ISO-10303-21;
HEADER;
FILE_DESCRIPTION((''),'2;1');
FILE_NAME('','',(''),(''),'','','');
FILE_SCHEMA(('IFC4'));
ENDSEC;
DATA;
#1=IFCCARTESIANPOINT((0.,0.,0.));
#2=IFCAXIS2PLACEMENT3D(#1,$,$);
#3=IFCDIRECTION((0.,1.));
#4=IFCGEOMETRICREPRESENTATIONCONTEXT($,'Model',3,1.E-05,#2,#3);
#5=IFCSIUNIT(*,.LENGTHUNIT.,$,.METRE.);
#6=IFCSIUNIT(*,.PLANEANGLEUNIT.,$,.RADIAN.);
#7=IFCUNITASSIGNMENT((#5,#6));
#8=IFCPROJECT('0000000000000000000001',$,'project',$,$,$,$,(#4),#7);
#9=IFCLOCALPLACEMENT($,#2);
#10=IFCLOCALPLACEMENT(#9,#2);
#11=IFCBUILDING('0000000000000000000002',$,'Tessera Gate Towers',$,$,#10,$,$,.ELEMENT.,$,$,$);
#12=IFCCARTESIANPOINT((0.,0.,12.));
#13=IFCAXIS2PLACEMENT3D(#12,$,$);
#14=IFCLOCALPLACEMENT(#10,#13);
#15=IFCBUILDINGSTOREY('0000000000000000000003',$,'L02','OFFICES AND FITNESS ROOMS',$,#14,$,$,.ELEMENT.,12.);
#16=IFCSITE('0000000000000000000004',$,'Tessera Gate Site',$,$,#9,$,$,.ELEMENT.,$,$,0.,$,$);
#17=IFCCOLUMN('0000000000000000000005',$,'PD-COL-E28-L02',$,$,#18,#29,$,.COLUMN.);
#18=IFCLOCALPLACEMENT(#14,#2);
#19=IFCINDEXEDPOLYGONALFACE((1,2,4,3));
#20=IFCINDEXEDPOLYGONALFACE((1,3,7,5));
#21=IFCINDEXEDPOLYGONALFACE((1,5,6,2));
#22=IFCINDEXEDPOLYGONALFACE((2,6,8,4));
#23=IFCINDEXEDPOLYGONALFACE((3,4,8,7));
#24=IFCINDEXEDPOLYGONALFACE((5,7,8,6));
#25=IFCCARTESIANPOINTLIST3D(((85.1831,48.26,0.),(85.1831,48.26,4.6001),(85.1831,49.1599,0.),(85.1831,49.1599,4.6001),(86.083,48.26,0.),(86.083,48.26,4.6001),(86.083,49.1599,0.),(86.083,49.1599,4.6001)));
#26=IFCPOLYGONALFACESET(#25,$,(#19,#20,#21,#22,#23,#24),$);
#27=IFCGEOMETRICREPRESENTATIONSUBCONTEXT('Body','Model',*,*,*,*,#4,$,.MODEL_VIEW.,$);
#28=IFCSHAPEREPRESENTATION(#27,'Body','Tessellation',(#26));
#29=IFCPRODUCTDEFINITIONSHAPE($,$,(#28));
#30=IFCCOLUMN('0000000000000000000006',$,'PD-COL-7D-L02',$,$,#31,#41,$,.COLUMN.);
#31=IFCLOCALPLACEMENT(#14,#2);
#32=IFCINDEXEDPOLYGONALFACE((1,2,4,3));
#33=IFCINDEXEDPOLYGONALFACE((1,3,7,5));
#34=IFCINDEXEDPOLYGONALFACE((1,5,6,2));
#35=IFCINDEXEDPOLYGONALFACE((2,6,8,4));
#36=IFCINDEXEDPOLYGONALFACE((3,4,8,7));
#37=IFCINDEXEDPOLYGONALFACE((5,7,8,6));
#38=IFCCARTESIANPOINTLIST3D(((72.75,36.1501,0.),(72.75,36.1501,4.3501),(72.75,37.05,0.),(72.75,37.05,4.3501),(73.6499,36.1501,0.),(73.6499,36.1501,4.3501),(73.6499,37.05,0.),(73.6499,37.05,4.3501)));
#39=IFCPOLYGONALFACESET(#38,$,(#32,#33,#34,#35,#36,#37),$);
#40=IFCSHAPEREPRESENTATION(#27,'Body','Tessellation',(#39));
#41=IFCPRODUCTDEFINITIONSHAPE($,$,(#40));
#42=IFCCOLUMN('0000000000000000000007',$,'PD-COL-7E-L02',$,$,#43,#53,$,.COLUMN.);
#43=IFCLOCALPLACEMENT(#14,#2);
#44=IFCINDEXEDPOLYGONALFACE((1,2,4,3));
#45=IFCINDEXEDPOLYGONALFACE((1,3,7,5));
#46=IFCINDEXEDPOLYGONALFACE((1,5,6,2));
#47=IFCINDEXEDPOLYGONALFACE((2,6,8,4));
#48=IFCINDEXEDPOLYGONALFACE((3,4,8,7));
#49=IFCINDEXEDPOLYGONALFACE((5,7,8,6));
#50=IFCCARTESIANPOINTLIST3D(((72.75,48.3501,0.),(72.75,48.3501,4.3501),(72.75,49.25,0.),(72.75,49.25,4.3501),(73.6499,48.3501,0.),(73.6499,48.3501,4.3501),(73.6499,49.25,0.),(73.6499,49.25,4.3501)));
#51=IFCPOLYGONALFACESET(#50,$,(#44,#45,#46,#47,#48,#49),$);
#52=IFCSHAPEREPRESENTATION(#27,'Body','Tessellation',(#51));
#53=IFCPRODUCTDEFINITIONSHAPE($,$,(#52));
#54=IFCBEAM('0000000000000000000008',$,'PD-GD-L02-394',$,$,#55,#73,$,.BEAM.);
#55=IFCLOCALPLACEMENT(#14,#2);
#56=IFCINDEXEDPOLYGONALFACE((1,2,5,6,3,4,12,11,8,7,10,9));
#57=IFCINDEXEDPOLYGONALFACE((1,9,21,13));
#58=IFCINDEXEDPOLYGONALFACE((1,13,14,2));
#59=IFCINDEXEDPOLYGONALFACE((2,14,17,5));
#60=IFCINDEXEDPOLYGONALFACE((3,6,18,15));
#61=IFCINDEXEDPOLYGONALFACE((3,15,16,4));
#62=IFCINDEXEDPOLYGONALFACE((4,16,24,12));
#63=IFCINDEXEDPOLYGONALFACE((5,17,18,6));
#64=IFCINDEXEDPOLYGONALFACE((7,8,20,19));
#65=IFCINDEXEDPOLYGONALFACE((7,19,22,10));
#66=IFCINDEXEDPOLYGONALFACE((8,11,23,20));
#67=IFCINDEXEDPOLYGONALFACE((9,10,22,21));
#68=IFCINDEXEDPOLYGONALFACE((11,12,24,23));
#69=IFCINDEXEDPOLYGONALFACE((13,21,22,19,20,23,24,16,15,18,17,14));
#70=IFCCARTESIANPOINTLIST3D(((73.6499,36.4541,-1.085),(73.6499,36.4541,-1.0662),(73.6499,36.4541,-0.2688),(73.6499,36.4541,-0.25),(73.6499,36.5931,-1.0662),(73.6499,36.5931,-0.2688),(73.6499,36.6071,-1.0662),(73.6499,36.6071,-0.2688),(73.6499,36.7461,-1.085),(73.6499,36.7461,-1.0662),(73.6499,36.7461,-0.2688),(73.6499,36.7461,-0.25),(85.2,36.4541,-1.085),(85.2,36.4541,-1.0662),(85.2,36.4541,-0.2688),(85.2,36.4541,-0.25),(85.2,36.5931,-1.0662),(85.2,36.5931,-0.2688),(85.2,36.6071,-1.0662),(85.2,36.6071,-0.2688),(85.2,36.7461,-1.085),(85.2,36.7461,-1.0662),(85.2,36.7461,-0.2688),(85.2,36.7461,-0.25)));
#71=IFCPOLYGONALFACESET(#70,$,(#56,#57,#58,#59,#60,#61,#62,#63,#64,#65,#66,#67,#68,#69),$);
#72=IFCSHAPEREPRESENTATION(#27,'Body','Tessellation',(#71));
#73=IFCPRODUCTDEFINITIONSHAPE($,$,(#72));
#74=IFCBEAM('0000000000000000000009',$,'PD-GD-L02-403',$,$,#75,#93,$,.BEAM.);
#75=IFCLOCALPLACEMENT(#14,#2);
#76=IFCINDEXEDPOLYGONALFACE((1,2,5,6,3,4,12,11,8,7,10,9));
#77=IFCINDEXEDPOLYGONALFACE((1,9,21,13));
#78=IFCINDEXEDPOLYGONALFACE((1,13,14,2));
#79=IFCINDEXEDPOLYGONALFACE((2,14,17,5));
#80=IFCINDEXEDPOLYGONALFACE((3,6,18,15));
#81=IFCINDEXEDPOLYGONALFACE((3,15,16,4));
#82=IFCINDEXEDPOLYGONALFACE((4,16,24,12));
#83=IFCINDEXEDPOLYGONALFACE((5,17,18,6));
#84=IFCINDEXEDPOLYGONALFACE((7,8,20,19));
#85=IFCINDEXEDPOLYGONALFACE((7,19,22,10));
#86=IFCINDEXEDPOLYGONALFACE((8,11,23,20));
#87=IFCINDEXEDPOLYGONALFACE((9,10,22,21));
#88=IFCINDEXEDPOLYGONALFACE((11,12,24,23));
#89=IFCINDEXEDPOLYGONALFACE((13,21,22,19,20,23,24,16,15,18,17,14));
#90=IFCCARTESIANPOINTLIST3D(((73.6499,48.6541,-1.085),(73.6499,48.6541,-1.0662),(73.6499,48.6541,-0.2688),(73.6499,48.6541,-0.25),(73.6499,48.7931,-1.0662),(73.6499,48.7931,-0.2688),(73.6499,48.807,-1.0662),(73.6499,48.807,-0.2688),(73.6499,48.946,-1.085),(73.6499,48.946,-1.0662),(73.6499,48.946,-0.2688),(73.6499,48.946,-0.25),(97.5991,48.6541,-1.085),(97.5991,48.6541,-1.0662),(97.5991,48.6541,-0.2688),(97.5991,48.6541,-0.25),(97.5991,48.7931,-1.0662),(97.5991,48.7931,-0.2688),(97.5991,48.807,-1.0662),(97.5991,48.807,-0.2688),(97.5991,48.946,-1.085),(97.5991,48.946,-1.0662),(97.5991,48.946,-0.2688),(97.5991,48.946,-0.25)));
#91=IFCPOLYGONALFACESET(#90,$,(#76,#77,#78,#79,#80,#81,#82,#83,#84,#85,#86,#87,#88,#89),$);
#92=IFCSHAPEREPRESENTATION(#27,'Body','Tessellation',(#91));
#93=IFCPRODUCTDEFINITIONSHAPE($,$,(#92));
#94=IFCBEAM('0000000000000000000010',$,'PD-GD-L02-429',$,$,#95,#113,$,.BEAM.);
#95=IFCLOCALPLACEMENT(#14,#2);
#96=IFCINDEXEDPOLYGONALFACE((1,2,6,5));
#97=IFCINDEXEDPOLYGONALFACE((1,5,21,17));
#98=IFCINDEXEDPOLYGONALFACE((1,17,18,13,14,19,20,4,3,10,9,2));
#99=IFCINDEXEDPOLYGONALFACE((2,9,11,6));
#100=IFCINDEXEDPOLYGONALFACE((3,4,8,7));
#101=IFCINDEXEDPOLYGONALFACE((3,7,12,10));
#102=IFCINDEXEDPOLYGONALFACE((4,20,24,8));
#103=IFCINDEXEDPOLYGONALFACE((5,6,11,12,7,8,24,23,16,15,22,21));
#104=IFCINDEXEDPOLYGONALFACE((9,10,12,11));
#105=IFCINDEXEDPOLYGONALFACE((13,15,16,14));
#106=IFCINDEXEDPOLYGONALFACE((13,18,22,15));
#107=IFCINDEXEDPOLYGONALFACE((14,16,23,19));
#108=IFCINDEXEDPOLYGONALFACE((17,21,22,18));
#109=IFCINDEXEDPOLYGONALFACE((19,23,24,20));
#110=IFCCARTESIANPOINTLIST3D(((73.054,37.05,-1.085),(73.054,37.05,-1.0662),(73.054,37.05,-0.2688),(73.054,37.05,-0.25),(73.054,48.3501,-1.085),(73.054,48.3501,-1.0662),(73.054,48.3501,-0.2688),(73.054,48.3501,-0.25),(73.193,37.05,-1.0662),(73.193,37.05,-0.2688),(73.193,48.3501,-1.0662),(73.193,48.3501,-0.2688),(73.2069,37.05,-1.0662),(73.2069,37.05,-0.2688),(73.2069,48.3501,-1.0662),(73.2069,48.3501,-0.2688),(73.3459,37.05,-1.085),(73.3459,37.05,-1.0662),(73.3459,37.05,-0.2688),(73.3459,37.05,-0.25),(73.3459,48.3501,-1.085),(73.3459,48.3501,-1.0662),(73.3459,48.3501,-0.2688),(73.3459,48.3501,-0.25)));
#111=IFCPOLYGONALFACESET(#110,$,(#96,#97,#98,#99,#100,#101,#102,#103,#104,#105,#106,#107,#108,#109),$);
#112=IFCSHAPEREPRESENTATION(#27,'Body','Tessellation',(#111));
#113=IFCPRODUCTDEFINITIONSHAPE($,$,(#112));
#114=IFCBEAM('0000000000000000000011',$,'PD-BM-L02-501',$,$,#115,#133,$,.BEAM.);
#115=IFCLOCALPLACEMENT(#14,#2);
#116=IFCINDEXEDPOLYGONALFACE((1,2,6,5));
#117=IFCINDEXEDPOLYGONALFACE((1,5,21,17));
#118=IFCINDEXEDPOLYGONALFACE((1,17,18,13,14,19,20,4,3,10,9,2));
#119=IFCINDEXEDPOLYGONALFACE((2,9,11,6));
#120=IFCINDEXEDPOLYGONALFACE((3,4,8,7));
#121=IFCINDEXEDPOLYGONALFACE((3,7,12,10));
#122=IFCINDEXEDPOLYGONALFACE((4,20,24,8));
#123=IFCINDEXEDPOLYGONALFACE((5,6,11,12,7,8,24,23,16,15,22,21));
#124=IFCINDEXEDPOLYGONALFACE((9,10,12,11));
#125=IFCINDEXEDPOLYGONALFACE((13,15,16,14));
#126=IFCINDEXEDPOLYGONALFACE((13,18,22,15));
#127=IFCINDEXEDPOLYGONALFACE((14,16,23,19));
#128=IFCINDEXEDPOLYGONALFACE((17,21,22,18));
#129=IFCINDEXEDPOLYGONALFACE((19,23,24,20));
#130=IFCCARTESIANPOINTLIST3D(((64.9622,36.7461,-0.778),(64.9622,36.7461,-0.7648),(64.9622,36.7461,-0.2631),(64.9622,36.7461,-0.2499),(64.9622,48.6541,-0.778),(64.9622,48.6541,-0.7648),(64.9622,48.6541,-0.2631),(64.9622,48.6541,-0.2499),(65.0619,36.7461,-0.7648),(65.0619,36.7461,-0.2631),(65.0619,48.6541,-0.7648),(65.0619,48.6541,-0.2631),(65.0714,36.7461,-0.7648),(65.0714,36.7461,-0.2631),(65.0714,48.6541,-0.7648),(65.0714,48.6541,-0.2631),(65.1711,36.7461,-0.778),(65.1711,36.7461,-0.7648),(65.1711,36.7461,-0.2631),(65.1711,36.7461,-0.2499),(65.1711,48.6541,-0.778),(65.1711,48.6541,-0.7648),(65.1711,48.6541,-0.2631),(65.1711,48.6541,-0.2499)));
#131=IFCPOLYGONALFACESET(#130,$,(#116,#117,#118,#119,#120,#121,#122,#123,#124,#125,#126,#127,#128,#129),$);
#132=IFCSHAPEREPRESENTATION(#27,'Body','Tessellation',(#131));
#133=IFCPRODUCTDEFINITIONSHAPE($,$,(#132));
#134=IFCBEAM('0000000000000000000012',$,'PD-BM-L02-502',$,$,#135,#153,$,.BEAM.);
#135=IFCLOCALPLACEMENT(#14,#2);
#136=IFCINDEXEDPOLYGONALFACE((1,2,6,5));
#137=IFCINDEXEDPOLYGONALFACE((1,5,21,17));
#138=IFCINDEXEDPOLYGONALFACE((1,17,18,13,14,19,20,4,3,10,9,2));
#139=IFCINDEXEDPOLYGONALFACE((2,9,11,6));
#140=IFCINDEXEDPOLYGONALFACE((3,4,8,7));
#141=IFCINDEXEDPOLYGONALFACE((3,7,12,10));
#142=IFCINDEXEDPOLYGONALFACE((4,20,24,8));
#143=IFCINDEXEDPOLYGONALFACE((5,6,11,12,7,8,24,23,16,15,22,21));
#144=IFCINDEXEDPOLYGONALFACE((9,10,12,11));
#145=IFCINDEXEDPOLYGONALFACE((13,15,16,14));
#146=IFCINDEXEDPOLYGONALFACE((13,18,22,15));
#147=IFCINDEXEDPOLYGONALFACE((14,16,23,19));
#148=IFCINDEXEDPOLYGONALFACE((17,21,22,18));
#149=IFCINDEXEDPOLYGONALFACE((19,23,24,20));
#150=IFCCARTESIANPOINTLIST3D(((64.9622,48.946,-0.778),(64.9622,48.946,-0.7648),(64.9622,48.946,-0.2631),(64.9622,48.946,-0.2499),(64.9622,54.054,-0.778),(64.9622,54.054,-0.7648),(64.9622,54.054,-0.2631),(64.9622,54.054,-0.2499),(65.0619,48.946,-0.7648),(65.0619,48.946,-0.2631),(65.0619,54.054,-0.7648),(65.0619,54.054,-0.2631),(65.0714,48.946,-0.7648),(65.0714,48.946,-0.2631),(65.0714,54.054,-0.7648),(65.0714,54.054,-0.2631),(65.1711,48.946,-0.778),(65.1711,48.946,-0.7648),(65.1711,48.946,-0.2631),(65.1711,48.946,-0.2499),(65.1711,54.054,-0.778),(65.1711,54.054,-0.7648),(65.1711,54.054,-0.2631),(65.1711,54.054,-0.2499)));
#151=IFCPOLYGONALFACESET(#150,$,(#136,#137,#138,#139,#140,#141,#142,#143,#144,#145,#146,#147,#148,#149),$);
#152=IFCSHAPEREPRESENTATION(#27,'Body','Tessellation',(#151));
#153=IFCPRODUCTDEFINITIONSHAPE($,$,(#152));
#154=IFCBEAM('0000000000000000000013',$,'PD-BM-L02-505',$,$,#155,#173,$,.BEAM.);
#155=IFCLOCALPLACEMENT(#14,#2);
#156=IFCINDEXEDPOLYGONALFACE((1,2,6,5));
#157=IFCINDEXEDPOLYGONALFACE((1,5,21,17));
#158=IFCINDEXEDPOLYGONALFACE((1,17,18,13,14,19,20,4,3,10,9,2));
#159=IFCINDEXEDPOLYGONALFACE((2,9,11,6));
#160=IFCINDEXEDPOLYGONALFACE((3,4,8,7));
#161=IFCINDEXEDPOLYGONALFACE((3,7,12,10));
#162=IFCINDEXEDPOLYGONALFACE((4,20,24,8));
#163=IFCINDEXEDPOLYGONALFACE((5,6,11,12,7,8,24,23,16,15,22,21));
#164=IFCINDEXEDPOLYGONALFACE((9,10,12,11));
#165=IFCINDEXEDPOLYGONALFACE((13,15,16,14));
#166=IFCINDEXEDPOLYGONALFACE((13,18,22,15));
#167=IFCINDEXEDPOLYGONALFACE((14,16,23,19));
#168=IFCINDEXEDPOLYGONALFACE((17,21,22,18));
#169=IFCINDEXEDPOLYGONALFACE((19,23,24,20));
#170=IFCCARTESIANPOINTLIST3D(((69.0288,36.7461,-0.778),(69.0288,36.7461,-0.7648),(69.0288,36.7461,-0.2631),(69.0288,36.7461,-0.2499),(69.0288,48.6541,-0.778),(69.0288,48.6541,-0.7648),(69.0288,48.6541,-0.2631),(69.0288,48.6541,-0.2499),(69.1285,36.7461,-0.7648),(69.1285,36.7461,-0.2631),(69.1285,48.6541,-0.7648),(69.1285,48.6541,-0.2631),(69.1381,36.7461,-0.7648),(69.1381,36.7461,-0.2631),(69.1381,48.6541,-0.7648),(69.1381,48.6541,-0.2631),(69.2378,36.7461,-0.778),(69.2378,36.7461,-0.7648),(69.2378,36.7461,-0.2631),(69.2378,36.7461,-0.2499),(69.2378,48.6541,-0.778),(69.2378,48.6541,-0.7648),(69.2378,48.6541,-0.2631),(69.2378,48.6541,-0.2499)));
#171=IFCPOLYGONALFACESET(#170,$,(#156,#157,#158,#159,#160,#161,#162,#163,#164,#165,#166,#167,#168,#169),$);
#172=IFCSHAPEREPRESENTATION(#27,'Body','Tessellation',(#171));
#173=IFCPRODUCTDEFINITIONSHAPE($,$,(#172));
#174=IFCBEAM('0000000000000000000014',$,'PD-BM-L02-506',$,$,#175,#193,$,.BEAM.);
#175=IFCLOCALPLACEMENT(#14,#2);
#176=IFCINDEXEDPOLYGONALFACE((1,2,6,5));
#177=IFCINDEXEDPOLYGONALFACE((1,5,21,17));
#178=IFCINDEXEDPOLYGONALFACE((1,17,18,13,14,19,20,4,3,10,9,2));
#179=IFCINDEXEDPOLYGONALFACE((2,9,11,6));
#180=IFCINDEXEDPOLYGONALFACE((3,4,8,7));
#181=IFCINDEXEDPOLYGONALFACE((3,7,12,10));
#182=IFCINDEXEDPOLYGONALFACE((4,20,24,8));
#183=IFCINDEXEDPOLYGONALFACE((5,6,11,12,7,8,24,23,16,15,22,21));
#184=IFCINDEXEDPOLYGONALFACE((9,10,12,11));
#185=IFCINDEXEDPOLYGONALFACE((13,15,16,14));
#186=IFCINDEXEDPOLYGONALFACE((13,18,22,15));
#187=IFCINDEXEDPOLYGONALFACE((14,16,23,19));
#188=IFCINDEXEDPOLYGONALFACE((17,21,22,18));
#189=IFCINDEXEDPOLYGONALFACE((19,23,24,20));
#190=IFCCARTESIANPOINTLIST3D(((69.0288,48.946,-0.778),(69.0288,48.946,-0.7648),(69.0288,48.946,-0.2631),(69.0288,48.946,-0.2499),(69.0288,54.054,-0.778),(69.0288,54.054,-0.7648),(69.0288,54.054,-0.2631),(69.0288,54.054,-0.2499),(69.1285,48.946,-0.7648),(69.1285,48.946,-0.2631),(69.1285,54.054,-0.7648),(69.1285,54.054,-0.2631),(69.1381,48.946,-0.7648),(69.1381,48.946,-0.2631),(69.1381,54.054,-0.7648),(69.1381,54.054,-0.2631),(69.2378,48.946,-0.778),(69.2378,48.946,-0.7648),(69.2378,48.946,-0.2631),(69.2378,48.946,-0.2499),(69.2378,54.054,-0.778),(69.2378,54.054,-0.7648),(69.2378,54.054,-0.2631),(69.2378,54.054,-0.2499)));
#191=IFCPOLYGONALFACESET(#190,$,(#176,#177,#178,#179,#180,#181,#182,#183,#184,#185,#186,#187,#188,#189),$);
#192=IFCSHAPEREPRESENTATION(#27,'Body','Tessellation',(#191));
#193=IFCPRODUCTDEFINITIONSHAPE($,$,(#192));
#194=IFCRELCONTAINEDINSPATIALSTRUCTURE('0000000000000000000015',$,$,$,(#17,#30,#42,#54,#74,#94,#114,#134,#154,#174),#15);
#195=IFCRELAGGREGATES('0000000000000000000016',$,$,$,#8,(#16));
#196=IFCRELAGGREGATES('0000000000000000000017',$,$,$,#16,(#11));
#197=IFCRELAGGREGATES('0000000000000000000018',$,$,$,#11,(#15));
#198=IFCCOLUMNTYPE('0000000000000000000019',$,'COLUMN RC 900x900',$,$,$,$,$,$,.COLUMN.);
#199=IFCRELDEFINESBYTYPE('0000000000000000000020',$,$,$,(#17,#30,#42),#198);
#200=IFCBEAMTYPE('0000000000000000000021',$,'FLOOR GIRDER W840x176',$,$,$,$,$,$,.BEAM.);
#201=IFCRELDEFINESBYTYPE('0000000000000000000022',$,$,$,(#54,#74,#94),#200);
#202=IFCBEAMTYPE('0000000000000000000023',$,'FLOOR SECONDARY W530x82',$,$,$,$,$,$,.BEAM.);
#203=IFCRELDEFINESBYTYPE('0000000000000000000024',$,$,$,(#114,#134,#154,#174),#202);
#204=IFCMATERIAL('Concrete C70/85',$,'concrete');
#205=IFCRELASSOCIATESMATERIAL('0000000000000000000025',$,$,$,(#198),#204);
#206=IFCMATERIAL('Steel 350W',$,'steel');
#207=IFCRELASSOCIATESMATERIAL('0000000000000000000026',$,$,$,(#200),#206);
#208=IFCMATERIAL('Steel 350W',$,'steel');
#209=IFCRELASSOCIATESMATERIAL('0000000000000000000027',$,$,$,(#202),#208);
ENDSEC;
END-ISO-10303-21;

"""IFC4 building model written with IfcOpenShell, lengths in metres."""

from ifc_helpers import new_model, si_unit, direction, frame, origin, origin_2d, place, context, subcontext, project, spatial, rectangle, i_section, extrude, material, material_profile, profile_set, type_object, element, save


model = new_model("IFC4")

# Units and contexts
model_context = context("Model", 3, precision=1e-05, world=origin(), true_north=direction((0.0, 1.0)))
body_context = subcontext(model_context, "Body", "Model", "MODEL_VIEW")
ifc_project = project(units=[si_unit("LENGTHUNIT", "METRE"), si_unit("PLANEANGLEUNIT", "RADIAN")], contexts=[model_context])

# Site, building, storey
site_placement = place(None, origin())
site = spatial("IfcSite", under=ifc_project, at=site_placement, Name="Tessera Gate Site", CompositionType="ELEMENT", RefElevation=0.0)
building_placement = place(site_placement, origin())
building = spatial("IfcBuilding", under=site, at=building_placement, Name="Tessera Gate Towers", CompositionType="ELEMENT")
storey_placement = place(building_placement, frame((0.0, 0.0, 12.0)))
storey = spatial("IfcBuildingStorey", under=building, at=storey_placement, Name="L02", Description="OFFICES AND FITNESS ROOMS", CompositionType="ELEMENT", Elevation=12.0)

# Columns
ifc_material_1 = material(Name="Concrete C70/85", Category="concrete")
ifc_material_profile_1 = material_profile(ifc_material_1, rectangle(XDim=0.8999, YDim=0.8999, at=origin_2d()), Name="RC 900x900")
ifc_profile_set_1 = profile_set([ifc_material_profile_1], Name="Concrete C70/85")
column_type = type_object("IfcColumnType", Name="COLUMN RC 900x900", PredefinedType="COLUMN", material=ifc_profile_set_1)
column_placement = place(storey_placement, frame((85.6331, 48.71, 0.0), z_axis=(0.0, 0.0, 1.0), x_axis=(1.0, 0.0, 0.0)))
element("IfcColumn", 1, at=column_placement, inside=storey, type_object=column_type, Name="PD-COL-E28-L02", PredefinedType="COLUMN", context=body_context, shape_type="SweptSolid", body=[
    extrude(rectangle(XDim=0.8999, YDim=0.8999, at=origin_2d()), origin(), (0.0, 0.0, 1.0), 4.6001),
])
for number, where, z_axis, x_axis, name in (
    (2, (73.2, 36.6001, 0.0), (0.0, 0.0, 1.0), (1.0, 0.0, 0.0), "PD-COL-7D-L02"),
    (3, (73.2, 48.8, 0.0), (0.0, 0.0, 1.0), (1.0, 0.0, 0.0), "PD-COL-7E-L02"),
):
    element("IfcColumn", number, at=place(storey_placement, frame(where, z_axis=z_axis, x_axis=x_axis)), inside=storey, type_object=column_type, Name=name, PredefinedType="COLUMN", context=body_context, shape_type="SweptSolid", body=[
        extrude(rectangle(XDim=0.8999, YDim=0.8999, at=origin_2d()), origin(), (0.0, 0.0, 1.0), 4.3501),
    ])

# Beams
ifc_material_2 = material(Name="Steel 350W", Category="steel")
ifc_material_profile_2 = material_profile(ifc_material_2, i_section(OverallWidth=0.292, OverallDepth=0.835, WebThickness=0.0139, FlangeThickness=0.0188, at=origin_2d()), Name="W840x176")
ifc_profile_set_2 = profile_set([ifc_material_profile_2], Name="Steel 350W")
beam_type_1 = type_object("IfcBeamType", Name="FLOOR GIRDER W840x176", PredefinedType="BEAM", material=ifc_profile_set_2)
beam_1_placement = place(storey_placement, frame((73.6499, 36.6001, -0.6675), z_axis=(1.0, 0.0, 0.0), x_axis=(0.0, 1.0, 0.0)))
element("IfcBeam", 4, at=beam_1_placement, inside=storey, type_object=beam_type_1, Name="PD-GD-L02-394", PredefinedType="BEAM", context=body_context, shape_type="SweptSolid", body=[
    extrude(i_section(OverallWidth=0.292, OverallDepth=0.835, WebThickness=0.0139, FlangeThickness=0.0188, at=origin_2d()), origin(), (0.0, 0.0, 1.0), 11.55),
])
beam_2_placement = place(storey_placement, frame((73.6499, 48.8, -0.6675), z_axis=(1.0, 0.0, 0.0), x_axis=(0.0, 1.0, 0.0)))
element("IfcBeam", 5, at=beam_2_placement, inside=storey, type_object=beam_type_1, Name="PD-GD-L02-403", PredefinedType="BEAM", context=body_context, shape_type="SweptSolid", body=[
    extrude(i_section(OverallWidth=0.292, OverallDepth=0.835, WebThickness=0.0139, FlangeThickness=0.0188, at=origin_2d()), origin(), (0.0, 0.0, 1.0), 23.9492),
])
beam_3_placement = place(storey_placement, frame((73.2, 37.05, -0.6675), z_axis=(0.0, 1.0, 0.0), x_axis=(-1.0, 0.0, 0.0)))
element("IfcBeam", 6, at=beam_3_placement, inside=storey, type_object=beam_type_1, Name="PD-GD-L02-429", PredefinedType="BEAM", context=body_context, shape_type="SweptSolid", body=[
    extrude(i_section(OverallWidth=0.292, OverallDepth=0.835, WebThickness=0.0139, FlangeThickness=0.0188, at=origin_2d()), origin(), (0.0, 0.0, 1.0), 11.3),
])
ifc_material_3 = material(Name="Steel 350W", Category="steel")
ifc_material_profile_3 = material_profile(ifc_material_3, i_section(OverallWidth=0.209, OverallDepth=0.5281, WebThickness=0.0095, FlangeThickness=0.0132, at=origin_2d()), Name="W530x82")
ifc_profile_set_3 = profile_set([ifc_material_profile_3], Name="Steel 350W")
beam_type_2 = type_object("IfcBeamType", Name="FLOOR SECONDARY W530x82", PredefinedType="BEAM", material=ifc_profile_set_3)
beam_4_placement = place(storey_placement, frame((65.0667, 36.7461, -0.5139), z_axis=(0.0, 1.0, 0.0), x_axis=(-1.0, 0.0, 0.0)))
element("IfcBeam", 7, at=beam_4_placement, inside=storey, type_object=beam_type_2, Name="PD-BM-L02-501", PredefinedType="BEAM", context=body_context, shape_type="SweptSolid", body=[
    extrude(i_section(OverallWidth=0.209, OverallDepth=0.5281, WebThickness=0.0095, FlangeThickness=0.0132, at=origin_2d()), origin(), (0.0, 0.0, 1.0), 11.908),
])
beam_5_placement = place(storey_placement, frame((65.0667, 48.946, -0.5139), z_axis=(0.0, 1.0, 0.0), x_axis=(-1.0, 0.0, 0.0)))
element("IfcBeam", 8, at=beam_5_placement, inside=storey, type_object=beam_type_2, Name="PD-BM-L02-502", PredefinedType="BEAM", context=body_context, shape_type="SweptSolid", body=[
    extrude(i_section(OverallWidth=0.209, OverallDepth=0.5281, WebThickness=0.0095, FlangeThickness=0.0132, at=origin_2d()), origin(), (0.0, 0.0, 1.0), 5.1079),
])
beam_6_placement = place(storey_placement, frame((69.1333, 36.7461, -0.5139), z_axis=(0.0, 1.0, 0.0), x_axis=(-1.0, 0.0, 0.0)))
element("IfcBeam", 9, at=beam_6_placement, inside=storey, type_object=beam_type_2, Name="PD-BM-L02-505", PredefinedType="BEAM", context=body_context, shape_type="SweptSolid", body=[
    extrude(i_section(OverallWidth=0.209, OverallDepth=0.5281, WebThickness=0.0095, FlangeThickness=0.0132, at=origin_2d()), origin(), (0.0, 0.0, 1.0), 11.908),
])
beam_7_placement = place(storey_placement, frame((69.1333, 48.946, -0.5139), z_axis=(0.0, 1.0, 0.0), x_axis=(-1.0, 0.0, 0.0)))
element("IfcBeam", 10, at=beam_7_placement, inside=storey, type_object=beam_type_2, Name="PD-BM-L02-506", PredefinedType="BEAM", context=body_context, shape_type="SweptSolid", body=[
    extrude(i_section(OverallWidth=0.209, OverallDepth=0.5281, WebThickness=0.0095, FlangeThickness=0.0132, at=origin_2d()), origin(), (0.0, 0.0, 1.0), 5.1079),
])

save(model, "model.ifc")
